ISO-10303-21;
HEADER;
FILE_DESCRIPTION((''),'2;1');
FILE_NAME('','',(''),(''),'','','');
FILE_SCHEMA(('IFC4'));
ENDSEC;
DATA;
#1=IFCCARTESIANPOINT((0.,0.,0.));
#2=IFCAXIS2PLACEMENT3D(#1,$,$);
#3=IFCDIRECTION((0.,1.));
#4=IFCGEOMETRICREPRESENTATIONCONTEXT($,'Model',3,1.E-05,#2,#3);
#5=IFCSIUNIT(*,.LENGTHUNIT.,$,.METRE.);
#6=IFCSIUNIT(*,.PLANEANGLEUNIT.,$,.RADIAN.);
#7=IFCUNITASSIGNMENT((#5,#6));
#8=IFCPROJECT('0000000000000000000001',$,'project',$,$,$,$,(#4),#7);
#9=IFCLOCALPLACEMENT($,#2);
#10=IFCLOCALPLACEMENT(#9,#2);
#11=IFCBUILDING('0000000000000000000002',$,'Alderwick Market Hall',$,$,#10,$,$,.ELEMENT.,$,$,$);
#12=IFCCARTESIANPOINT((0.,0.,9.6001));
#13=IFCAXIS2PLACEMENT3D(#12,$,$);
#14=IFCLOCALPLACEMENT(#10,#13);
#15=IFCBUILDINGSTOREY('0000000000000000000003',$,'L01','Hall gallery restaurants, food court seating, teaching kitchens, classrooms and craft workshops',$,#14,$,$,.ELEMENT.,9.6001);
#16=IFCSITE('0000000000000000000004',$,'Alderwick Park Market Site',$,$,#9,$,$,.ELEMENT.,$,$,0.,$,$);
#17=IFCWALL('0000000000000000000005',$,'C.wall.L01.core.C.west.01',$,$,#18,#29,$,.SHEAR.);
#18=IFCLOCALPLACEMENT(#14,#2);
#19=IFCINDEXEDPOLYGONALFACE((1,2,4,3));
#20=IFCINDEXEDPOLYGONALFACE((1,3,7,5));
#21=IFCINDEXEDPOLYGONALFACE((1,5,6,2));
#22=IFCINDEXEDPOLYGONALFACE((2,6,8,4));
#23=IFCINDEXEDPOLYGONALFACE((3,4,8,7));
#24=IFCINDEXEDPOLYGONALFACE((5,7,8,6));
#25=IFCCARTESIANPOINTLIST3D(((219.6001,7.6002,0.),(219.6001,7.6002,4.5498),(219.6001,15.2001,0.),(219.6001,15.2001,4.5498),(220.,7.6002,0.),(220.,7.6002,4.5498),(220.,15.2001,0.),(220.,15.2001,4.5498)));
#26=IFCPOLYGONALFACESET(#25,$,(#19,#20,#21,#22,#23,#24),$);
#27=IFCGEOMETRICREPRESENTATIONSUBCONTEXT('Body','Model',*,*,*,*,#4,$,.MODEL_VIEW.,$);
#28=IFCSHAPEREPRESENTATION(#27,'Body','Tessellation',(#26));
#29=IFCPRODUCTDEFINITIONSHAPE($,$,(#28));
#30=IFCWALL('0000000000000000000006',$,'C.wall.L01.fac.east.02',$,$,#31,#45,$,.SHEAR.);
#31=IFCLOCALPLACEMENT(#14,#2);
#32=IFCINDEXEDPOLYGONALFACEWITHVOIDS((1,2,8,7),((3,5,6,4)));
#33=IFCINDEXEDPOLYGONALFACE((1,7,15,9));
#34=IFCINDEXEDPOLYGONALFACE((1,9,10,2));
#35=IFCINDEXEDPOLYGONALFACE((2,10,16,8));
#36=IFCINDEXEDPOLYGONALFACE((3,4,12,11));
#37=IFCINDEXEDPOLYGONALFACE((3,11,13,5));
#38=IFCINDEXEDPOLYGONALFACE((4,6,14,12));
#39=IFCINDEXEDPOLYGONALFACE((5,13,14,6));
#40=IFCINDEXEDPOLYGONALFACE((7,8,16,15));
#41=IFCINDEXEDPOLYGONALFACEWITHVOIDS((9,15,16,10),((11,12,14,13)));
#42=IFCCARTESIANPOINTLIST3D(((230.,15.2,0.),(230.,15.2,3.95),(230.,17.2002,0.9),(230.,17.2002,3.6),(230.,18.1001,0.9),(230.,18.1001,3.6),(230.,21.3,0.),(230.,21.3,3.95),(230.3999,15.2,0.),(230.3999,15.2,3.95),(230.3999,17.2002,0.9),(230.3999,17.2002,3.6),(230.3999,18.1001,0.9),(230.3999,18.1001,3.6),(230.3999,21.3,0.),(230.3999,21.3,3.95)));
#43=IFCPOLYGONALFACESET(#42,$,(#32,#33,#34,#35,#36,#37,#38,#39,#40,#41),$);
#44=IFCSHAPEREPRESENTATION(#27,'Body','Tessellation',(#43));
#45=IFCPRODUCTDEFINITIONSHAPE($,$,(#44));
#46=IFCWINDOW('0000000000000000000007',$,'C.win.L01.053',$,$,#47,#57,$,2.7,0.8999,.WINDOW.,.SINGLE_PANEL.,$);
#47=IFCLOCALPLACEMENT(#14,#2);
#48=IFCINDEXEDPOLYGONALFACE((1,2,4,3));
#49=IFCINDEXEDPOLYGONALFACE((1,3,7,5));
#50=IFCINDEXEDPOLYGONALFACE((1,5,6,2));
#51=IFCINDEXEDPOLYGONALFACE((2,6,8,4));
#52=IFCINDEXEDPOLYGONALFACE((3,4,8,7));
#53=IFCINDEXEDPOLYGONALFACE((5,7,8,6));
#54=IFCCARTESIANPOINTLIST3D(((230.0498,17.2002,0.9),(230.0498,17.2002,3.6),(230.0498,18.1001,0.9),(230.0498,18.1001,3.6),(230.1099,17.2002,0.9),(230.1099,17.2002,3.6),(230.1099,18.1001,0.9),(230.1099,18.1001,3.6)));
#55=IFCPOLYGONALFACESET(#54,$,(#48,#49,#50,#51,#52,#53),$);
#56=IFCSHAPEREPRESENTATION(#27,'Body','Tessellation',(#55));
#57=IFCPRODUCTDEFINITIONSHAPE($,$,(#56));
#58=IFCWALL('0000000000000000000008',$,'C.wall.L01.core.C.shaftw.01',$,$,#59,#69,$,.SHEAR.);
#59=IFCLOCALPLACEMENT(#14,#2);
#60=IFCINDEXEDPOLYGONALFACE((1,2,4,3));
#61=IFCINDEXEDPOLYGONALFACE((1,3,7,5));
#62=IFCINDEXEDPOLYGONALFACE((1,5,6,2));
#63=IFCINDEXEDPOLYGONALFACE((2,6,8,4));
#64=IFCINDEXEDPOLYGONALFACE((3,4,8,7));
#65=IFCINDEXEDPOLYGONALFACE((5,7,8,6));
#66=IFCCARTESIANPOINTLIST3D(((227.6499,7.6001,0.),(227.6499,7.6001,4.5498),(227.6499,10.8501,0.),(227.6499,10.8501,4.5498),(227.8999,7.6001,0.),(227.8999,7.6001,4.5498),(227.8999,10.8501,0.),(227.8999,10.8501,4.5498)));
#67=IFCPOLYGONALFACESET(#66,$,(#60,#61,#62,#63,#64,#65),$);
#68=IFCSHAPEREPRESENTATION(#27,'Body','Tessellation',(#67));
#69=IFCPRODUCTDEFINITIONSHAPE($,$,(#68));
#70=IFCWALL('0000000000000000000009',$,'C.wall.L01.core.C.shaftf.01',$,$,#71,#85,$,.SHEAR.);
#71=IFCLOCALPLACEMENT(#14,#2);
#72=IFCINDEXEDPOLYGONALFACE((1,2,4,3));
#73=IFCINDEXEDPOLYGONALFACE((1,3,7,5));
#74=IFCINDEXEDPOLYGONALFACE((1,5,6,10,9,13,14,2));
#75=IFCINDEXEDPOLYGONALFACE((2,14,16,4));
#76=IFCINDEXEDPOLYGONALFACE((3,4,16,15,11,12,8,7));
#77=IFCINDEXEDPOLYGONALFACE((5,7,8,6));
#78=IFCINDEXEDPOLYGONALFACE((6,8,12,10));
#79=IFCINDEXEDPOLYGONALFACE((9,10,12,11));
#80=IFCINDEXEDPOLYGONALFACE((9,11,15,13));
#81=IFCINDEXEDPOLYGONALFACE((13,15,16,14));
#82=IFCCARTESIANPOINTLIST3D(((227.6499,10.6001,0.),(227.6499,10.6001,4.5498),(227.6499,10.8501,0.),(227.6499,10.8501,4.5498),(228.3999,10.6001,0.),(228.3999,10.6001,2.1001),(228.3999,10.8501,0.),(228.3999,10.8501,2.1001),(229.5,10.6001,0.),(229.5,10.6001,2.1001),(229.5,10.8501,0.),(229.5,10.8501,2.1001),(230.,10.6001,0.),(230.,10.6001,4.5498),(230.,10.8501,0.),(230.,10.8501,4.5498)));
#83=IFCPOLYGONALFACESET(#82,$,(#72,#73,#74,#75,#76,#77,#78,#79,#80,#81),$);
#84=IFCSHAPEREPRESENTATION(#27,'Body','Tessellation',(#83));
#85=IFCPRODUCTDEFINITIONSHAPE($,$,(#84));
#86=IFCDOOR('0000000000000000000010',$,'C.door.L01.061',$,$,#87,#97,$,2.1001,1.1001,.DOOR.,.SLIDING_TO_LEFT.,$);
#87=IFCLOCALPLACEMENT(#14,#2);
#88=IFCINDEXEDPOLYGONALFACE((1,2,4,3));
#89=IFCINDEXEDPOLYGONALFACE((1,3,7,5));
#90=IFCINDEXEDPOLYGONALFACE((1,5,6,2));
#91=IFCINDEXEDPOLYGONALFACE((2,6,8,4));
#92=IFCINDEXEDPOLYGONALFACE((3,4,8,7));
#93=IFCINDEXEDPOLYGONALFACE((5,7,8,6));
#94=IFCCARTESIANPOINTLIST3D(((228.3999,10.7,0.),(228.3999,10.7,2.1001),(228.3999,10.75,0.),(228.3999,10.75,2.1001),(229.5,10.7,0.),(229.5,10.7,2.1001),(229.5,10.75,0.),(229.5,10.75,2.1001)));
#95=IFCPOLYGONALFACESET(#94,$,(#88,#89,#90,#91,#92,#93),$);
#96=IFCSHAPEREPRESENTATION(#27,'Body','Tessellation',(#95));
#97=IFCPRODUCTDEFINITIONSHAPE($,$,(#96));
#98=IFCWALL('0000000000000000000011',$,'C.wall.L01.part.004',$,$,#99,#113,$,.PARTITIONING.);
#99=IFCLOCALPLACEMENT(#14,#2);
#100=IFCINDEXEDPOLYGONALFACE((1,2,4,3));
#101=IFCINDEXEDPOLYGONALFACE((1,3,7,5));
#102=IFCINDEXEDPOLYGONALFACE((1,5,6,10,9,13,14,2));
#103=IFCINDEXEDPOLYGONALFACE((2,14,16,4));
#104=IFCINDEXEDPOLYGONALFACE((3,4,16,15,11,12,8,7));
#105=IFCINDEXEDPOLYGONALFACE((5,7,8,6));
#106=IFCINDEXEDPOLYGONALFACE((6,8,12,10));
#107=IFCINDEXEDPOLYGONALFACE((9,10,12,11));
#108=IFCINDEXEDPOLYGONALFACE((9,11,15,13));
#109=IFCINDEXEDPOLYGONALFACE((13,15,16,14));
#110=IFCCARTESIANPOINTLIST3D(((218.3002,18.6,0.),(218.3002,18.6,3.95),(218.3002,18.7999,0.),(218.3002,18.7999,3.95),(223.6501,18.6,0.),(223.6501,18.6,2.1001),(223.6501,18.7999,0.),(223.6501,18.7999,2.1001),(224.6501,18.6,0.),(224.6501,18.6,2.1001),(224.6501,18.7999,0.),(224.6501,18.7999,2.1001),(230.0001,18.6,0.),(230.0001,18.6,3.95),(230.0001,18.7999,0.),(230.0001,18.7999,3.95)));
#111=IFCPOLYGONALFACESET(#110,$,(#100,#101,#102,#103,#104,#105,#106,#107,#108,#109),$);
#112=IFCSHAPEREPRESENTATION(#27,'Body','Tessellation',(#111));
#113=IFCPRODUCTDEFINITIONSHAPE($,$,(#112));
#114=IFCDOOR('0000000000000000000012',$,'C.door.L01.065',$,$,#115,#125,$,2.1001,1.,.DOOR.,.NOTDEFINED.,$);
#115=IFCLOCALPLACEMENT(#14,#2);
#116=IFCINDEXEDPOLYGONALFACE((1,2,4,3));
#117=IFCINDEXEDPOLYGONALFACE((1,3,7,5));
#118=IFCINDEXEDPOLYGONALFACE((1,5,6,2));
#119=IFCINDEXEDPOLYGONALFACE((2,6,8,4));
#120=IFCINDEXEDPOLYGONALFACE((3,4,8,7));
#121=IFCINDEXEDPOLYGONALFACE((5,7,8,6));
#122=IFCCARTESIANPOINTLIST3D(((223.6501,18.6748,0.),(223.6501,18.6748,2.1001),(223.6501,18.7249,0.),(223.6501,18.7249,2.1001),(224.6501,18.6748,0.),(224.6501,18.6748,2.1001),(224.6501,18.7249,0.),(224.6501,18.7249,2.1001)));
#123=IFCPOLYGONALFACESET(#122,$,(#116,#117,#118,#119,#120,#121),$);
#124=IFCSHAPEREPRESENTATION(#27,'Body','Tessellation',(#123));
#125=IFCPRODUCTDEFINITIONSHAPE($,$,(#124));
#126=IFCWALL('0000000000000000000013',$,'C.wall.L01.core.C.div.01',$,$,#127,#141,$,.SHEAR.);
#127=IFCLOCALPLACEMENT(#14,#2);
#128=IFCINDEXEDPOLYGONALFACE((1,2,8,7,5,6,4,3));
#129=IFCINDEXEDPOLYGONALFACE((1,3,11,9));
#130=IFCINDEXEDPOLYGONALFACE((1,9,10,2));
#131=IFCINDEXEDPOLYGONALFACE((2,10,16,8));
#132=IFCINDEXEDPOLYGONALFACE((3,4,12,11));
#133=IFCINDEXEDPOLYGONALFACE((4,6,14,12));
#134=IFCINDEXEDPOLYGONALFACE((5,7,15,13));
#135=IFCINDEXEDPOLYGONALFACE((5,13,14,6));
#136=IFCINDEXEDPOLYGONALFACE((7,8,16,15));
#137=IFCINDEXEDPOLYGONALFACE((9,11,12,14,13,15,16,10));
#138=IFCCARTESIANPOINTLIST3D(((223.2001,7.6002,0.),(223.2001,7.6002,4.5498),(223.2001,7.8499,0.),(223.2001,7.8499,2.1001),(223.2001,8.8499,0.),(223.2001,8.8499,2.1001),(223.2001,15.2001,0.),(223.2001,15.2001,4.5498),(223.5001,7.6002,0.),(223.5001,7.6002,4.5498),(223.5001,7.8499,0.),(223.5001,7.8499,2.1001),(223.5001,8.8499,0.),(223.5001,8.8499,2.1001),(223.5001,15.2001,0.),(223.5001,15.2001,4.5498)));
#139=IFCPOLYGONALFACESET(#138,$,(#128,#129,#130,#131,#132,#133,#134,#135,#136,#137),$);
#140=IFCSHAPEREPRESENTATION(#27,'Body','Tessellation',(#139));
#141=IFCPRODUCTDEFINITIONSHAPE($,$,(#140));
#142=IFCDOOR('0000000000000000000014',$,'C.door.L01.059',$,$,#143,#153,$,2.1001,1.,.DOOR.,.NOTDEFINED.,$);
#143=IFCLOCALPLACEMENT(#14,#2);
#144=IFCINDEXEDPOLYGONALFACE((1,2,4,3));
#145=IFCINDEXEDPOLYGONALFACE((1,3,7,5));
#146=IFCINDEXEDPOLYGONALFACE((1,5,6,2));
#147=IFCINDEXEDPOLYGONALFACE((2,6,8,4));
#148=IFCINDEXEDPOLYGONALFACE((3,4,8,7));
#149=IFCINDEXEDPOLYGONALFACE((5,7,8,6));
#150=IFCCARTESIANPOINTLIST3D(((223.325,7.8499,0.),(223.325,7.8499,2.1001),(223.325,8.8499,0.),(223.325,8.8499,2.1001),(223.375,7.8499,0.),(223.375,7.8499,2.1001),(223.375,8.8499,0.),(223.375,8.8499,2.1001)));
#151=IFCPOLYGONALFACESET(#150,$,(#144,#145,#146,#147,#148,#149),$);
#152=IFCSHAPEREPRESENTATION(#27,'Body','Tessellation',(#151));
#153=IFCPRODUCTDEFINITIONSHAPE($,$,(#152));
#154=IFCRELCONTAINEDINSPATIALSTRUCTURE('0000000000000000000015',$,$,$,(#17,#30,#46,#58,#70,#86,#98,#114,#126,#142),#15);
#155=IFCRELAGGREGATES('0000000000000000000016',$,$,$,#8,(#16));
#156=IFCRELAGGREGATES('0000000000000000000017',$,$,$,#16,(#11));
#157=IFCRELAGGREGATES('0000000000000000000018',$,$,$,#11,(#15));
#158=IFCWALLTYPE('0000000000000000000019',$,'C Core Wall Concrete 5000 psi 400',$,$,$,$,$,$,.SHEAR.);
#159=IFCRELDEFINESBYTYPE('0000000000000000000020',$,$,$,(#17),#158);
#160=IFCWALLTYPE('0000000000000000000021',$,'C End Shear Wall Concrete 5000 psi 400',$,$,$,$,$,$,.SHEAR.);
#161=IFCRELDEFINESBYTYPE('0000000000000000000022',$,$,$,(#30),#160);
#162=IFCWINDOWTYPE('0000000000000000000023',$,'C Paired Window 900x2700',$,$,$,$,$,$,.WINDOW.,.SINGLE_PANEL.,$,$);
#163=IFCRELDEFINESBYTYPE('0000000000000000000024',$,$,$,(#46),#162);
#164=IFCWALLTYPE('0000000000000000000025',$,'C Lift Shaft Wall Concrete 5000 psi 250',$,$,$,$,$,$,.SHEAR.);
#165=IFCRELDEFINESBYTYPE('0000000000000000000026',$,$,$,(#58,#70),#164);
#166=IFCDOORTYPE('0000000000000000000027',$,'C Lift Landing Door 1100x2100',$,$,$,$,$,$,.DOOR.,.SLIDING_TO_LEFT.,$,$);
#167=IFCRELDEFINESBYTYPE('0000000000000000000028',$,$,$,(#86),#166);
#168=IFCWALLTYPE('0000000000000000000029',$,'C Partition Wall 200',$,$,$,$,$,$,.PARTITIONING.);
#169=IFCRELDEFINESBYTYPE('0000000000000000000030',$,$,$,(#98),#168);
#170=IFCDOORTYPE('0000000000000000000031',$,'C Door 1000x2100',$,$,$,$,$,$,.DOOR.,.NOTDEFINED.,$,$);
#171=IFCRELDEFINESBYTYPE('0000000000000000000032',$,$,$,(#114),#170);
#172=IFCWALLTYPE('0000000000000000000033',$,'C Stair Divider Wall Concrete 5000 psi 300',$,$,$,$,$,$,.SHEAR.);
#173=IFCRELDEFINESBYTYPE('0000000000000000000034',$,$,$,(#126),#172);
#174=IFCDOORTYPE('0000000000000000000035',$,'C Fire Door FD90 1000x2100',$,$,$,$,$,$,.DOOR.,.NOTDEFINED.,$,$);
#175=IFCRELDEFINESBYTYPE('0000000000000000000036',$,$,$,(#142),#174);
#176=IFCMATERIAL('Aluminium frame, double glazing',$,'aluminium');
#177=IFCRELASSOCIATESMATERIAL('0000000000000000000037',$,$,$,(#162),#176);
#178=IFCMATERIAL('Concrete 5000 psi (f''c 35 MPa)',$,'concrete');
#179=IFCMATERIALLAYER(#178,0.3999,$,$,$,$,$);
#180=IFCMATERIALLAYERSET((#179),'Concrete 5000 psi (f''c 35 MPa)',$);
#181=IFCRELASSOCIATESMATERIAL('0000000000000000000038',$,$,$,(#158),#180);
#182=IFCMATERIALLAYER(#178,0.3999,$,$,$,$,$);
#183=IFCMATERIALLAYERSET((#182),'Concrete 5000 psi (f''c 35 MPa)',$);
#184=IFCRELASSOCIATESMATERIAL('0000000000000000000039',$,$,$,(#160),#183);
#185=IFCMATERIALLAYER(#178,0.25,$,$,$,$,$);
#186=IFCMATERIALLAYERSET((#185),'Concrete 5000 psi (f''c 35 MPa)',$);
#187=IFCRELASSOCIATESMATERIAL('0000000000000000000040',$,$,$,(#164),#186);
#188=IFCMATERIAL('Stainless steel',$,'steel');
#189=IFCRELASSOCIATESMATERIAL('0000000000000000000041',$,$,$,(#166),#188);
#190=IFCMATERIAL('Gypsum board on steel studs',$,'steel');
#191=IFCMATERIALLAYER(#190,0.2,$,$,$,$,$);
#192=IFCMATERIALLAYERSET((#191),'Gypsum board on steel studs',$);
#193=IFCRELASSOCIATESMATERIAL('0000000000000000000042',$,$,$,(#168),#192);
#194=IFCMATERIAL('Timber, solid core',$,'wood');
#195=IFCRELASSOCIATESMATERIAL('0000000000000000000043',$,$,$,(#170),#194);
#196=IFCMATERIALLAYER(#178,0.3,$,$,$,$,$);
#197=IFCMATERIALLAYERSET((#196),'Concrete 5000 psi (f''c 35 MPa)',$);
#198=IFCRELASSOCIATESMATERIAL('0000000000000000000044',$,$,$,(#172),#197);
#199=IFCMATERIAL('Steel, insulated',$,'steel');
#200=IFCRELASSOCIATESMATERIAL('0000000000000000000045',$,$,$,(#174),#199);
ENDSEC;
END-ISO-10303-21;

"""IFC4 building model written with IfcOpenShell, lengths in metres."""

from ifc_helpers import new_model, si_unit, direction, frame, frame_2d, origin, place, context, subcontext, project, spatial, rectangle, extrude, material, layer, layer_set, type_object, element, fill, save


model = new_model("IFC4")

# Units and contexts
model_context = context("Model", 3, precision=1e-05, world=origin(), true_north=direction((0.0, 1.0)))
body_context = subcontext(model_context, "Body", "Model", "MODEL_VIEW")
ifc_project = project(units=[si_unit("LENGTHUNIT", "METRE"), si_unit("PLANEANGLEUNIT", "RADIAN")], contexts=[model_context])

# Site, building, storey
site_placement = place(None, origin())
site = spatial("IfcSite", under=ifc_project, at=site_placement, Name="Alderwick Park Market Site", CompositionType="ELEMENT", RefElevation=0.0)
building_placement = place(site_placement, origin())
building = spatial("IfcBuilding", under=site, at=building_placement, Name="Alderwick Market Hall", CompositionType="ELEMENT")
storey_placement = place(building_placement, frame((0.0, 0.0, 9.6001)))
storey = spatial("IfcBuildingStorey", under=building, at=storey_placement, Name="L01", Description="Hall gallery restaurants, food court seating, teaching kitchens, classrooms and craft workshops", CompositionType="ELEMENT", Elevation=9.6001)

# Shared definitions
ifc_material_1 = material(Name="Concrete 5000 psi (f'c 35 MPa)", Category="concrete")

# Shared definitions
ifc_material_2 = material(Name="Aluminium frame, double glazing", Category="aluminium")
window_type = type_object("IfcWindowType", Name="C Paired Window 900x2700", PartitioningType="SINGLE_PANEL", PredefinedType="WINDOW", material=ifc_material_2)

# Shared definitions
ifc_layer_1 = layer(ifc_material_1, 0.3999)
ifc_layer_set_1 = layer_set([ifc_layer_1], Name="Concrete 5000 psi (f'c 35 MPa)")
wall_type_1 = type_object("IfcWallType", Name="C Core Wall Concrete 5000 psi 400", PredefinedType="SHEAR", material=ifc_layer_set_1)

# Shared definitions
ifc_material_3 = material(Name="Steel, insulated", Category="steel")

# Wall
wall_1_placement = place(storey_placement, frame((219.8, 15.2, 0.0), z_axis=(0.0, 0.0, 1.0), x_axis=(0.0, -1.0, 0.0)))
element("IfcWall", 1, at=wall_1_placement, inside=storey, type_object=wall_type_1, Name="C.wall.L01.core.C.west.01", PredefinedType="SHEAR", context=body_context, shape_type="SweptSolid", body=[
    extrude(rectangle(XDim=7.5999, YDim=0.3999, at=frame_2d((3.7998, 0.0))), origin(), (0.0, 0.0, 1.0), 4.5498),
])

# Wall, opening, window
ifc_layer_2 = layer(ifc_material_1, 0.3999)
ifc_layer_set_2 = layer_set([ifc_layer_2], Name="Concrete 5000 psi (f'c 35 MPa)")
wall_type_2 = type_object("IfcWallType", Name="C End Shear Wall Concrete 5000 psi 400", PredefinedType="SHEAR", material=ifc_layer_set_2)
wall_2_placement = place(storey_placement, frame((230.2, 21.3, 0.0), z_axis=(0.0, 0.0, 1.0), x_axis=(0.0, -1.0, 0.0)))
wall_2 = element("IfcWall", 2, at=wall_2_placement, inside=storey, type_object=wall_type_2, Name="C.wall.L01.fac.east.02", PredefinedType="SHEAR", context=body_context, shape_type="SweptSolid", body=[
    extrude(rectangle(XDim=6.1001, YDim=0.3999, at=frame_2d((3.05, 0.0))), origin(), (0.0, 0.0, 1.0), 3.95),
])
opening_1_placement = place(wall_2_placement, frame((3.2, 0.0, 0.8999)))
opening_1 = element("IfcOpeningElement", 3, at=opening_1_placement, cuts=wall_2, PredefinedType="OPENING", context=body_context, shape_type="SweptSolid", body=[
    extrude(rectangle(XDim=0.8999, YDim=2.7, at=frame_2d((0.45, 1.3501))), frame((0.0, 0.21, 0.0), z_axis=(0.0, -1.0, 0.0), x_axis=(1.0, 0.0, 0.0)), (0.0, 0.0, 1.0), 0.4199),
])
window_1_placement = place(opening_1_placement, origin())
window_1 = element("IfcWindow", 4, at=window_1_placement, inside=storey, type_object=window_type, Name="C.win.L01.053", OverallHeight=2.7, OverallWidth=0.8999, PartitioningType="SINGLE_PANEL", PredefinedType="WINDOW", context=body_context, shape_type="SweptSolid", body=[
    extrude(rectangle(XDim=0.8999, YDim=2.7, at=frame_2d((0.45, 1.3501))), frame((0.0, -0.0901, 0.0), z_axis=(0.0, -1.0, 0.0), x_axis=(1.0, 0.0, 0.0)), (0.0, 0.0, 1.0), 0.0601),
])
fill(opening_1, window_1)

# Wall
ifc_layer_3 = layer(ifc_material_1, 0.25)
ifc_layer_set_3 = layer_set([ifc_layer_3], Name="Concrete 5000 psi (f'c 35 MPa)")
wall_type_3 = type_object("IfcWallType", Name="C Lift Shaft Wall Concrete 5000 psi 250", PredefinedType="SHEAR", material=ifc_layer_set_3)
wall_3_placement = place(storey_placement, frame((227.7749, 10.8501, 0.0), z_axis=(0.0, 0.0, 1.0), x_axis=(0.0, -1.0, 0.0)))
element("IfcWall", 5, at=wall_3_placement, inside=storey, type_object=wall_type_3, Name="C.wall.L01.core.C.shaftw.01", PredefinedType="SHEAR", context=body_context, shape_type="SweptSolid", body=[
    extrude(rectangle(XDim=3.25, YDim=0.25, at=frame_2d((1.625, 0.0))), origin(), (0.0, 0.0, 1.0), 4.5498),
])

# Walls, openings, doors
wall_4_placement = place(storey_placement, frame((227.6499, 10.7251, 0.0), z_axis=(0.0, 0.0, 1.0), x_axis=(1.0, 0.0, 0.0)))
wall_4 = element("IfcWall", 6, at=wall_4_placement, inside=storey, type_object=wall_type_3, Name="C.wall.L01.core.C.shaftf.01", PredefinedType="SHEAR", context=body_context, shape_type="SweptSolid", body=[
    extrude(rectangle(XDim=2.3501, YDim=0.25, at=frame_2d((1.175, 0.0))), origin(), (0.0, 0.0, 1.0), 4.5498),
])
opening_2_placement = place(wall_4_placement, frame((0.75, 0.0, 0.0)))
opening_2 = element("IfcOpeningElement", 7, at=opening_2_placement, cuts=wall_4, PredefinedType="OPENING", context=body_context, shape_type="SweptSolid", body=[
    extrude(rectangle(XDim=1.1001, YDim=2.1001, at=frame_2d((0.55, 1.05))), frame((0.0, 0.135, 0.0), z_axis=(0.0, -1.0, 0.0), x_axis=(1.0, 0.0, 0.0)), (0.0, 0.0, 1.0), 0.27),
])
ifc_material_4 = material(Name="Stainless steel", Category="steel")
door_type_1 = type_object("IfcDoorType", Name="C Lift Landing Door 1100x2100", OperationType="SLIDING_TO_LEFT", PredefinedType="DOOR", material=ifc_material_4)
door_1_placement = place(opening_2_placement, origin())
door_1 = element("IfcDoor", 8, at=door_1_placement, inside=storey, type_object=door_type_1, Name="C.door.L01.061", OperationType="SLIDING_TO_LEFT", OverallHeight=2.1001, OverallWidth=1.1001, PredefinedType="DOOR", context=body_context, shape_type="SweptSolid", body=[
    extrude(rectangle(XDim=1.1001, YDim=2.1001, at=frame_2d((0.55, 1.05))), frame((0.0, 0.0249, 0.0), z_axis=(0.0, -1.0, 0.0), x_axis=(1.0, 0.0, 0.0)), (0.0, 0.0, 1.0), 0.05),
])
fill(opening_2, door_1)
ifc_material_5 = material(Name="Gypsum board on steel studs", Category="steel")
ifc_layer_4 = layer(ifc_material_5, 0.2)
ifc_layer_set_4 = layer_set([ifc_layer_4], Name="Gypsum board on steel studs")
wall_type_4 = type_object("IfcWallType", Name="C Partition Wall 200", PredefinedType="PARTITIONING", material=ifc_layer_set_4)
wall_5_placement = place(storey_placement, frame((218.3, 18.7, 0.0), z_axis=(0.0, 0.0, 1.0), x_axis=(1.0, 0.0, 0.0)))
wall_5 = element("IfcWall", 9, at=wall_5_placement, inside=storey, type_object=wall_type_4, Name="C.wall.L01.part.004", PredefinedType="PARTITIONING", context=body_context, shape_type="SweptSolid", body=[
    extrude(rectangle(XDim=11.7, YDim=0.2, at=frame_2d((5.8501, 0.0))), origin(), (0.0, 0.0, 1.0), 3.95),
])
opening_3_placement = place(wall_5_placement, frame((5.3501, 0.0, 0.0)))
opening_3 = element("IfcOpeningElement", 10, at=opening_3_placement, cuts=wall_5, PredefinedType="OPENING", context=body_context, shape_type="SweptSolid", body=[
    extrude(rectangle(XDim=1.0, YDim=2.1001, at=frame_2d((0.5, 1.05))), frame((0.0, 0.1099, 0.0), z_axis=(0.0, -1.0, 0.0), x_axis=(1.0, 0.0, 0.0)), (0.0, 0.0, 1.0), 0.22),
])
ifc_material_6 = material(Name="Timber, solid core", Category="wood")
door_type_2 = type_object("IfcDoorType", Name="C Door 1000x2100", OperationType="NOTDEFINED", PredefinedType="DOOR", material=ifc_material_6)
door_2_placement = place(opening_3_placement, origin())
door_2 = element("IfcDoor", 11, at=door_2_placement, inside=storey, type_object=door_type_2, Name="C.door.L01.065", OperationType="NOTDEFINED", OverallHeight=2.1001, OverallWidth=1.0, PredefinedType="DOOR", context=body_context, shape_type="SweptSolid", body=[
    extrude(rectangle(XDim=1.0, YDim=2.1001, at=frame_2d((0.5, 1.05))), frame((0.0, 0.0249, 0.0), z_axis=(0.0, -1.0, 0.0), x_axis=(1.0, 0.0, 0.0)), (0.0, 0.0, 1.0), 0.05),
])
fill(opening_3, door_2)
ifc_layer_5 = layer(ifc_material_1, 0.3)
ifc_layer_set_5 = layer_set([ifc_layer_5], Name="Concrete 5000 psi (f'c 35 MPa)")
wall_type_5 = type_object("IfcWallType", Name="C Stair Divider Wall Concrete 5000 psi 300", PredefinedType="SHEAR", material=ifc_layer_set_5)
wall_6_placement = place(storey_placement, frame((223.3501, 15.2, 0.0), z_axis=(0.0, 0.0, 1.0), x_axis=(0.0, -1.0, 0.0)))
wall_6 = element("IfcWall", 12, at=wall_6_placement, inside=storey, type_object=wall_type_5, Name="C.wall.L01.core.C.div.01", PredefinedType="SHEAR", context=body_context, shape_type="SweptSolid", body=[
    extrude(rectangle(XDim=7.5999, YDim=0.3, at=frame_2d((3.7998, 0.0))), origin(), (0.0, 0.0, 1.0), 4.5498),
])
opening_4_placement = place(wall_6_placement, frame((6.3501, 0.0, 0.0)))
opening_4 = element("IfcOpeningElement", 13, at=opening_4_placement, cuts=wall_6, PredefinedType="OPENING", context=body_context, shape_type="SweptSolid", body=[
    extrude(rectangle(XDim=1.0, YDim=2.1001, at=frame_2d((0.5, 1.05))), frame((0.0, 0.1599, 0.0), z_axis=(0.0, -1.0, 0.0), x_axis=(1.0, 0.0, 0.0)), (0.0, 0.0, 1.0), 0.3201),
])
door_type_3 = type_object("IfcDoorType", Name="C Fire Door FD90 1000x2100", OperationType="NOTDEFINED", PredefinedType="DOOR", material=ifc_material_3)
door_3_placement = place(opening_4_placement, origin())
door_3 = element("IfcDoor", 14, at=door_3_placement, inside=storey, type_object=door_type_3, Name="C.door.L01.059", OperationType="NOTDEFINED", OverallHeight=2.1001, OverallWidth=1.0, PredefinedType="DOOR", context=body_context, shape_type="SweptSolid", body=[
    extrude(rectangle(XDim=1.0, YDim=2.1001, at=frame_2d((0.5, 1.05))), frame((0.0, 0.0249, 0.0), z_axis=(0.0, -1.0, 0.0), x_axis=(1.0, 0.0, 0.0)), (0.0, 0.0, 1.0), 0.05),
])
fill(opening_4, door_3)

save(model, "model.ifc")
